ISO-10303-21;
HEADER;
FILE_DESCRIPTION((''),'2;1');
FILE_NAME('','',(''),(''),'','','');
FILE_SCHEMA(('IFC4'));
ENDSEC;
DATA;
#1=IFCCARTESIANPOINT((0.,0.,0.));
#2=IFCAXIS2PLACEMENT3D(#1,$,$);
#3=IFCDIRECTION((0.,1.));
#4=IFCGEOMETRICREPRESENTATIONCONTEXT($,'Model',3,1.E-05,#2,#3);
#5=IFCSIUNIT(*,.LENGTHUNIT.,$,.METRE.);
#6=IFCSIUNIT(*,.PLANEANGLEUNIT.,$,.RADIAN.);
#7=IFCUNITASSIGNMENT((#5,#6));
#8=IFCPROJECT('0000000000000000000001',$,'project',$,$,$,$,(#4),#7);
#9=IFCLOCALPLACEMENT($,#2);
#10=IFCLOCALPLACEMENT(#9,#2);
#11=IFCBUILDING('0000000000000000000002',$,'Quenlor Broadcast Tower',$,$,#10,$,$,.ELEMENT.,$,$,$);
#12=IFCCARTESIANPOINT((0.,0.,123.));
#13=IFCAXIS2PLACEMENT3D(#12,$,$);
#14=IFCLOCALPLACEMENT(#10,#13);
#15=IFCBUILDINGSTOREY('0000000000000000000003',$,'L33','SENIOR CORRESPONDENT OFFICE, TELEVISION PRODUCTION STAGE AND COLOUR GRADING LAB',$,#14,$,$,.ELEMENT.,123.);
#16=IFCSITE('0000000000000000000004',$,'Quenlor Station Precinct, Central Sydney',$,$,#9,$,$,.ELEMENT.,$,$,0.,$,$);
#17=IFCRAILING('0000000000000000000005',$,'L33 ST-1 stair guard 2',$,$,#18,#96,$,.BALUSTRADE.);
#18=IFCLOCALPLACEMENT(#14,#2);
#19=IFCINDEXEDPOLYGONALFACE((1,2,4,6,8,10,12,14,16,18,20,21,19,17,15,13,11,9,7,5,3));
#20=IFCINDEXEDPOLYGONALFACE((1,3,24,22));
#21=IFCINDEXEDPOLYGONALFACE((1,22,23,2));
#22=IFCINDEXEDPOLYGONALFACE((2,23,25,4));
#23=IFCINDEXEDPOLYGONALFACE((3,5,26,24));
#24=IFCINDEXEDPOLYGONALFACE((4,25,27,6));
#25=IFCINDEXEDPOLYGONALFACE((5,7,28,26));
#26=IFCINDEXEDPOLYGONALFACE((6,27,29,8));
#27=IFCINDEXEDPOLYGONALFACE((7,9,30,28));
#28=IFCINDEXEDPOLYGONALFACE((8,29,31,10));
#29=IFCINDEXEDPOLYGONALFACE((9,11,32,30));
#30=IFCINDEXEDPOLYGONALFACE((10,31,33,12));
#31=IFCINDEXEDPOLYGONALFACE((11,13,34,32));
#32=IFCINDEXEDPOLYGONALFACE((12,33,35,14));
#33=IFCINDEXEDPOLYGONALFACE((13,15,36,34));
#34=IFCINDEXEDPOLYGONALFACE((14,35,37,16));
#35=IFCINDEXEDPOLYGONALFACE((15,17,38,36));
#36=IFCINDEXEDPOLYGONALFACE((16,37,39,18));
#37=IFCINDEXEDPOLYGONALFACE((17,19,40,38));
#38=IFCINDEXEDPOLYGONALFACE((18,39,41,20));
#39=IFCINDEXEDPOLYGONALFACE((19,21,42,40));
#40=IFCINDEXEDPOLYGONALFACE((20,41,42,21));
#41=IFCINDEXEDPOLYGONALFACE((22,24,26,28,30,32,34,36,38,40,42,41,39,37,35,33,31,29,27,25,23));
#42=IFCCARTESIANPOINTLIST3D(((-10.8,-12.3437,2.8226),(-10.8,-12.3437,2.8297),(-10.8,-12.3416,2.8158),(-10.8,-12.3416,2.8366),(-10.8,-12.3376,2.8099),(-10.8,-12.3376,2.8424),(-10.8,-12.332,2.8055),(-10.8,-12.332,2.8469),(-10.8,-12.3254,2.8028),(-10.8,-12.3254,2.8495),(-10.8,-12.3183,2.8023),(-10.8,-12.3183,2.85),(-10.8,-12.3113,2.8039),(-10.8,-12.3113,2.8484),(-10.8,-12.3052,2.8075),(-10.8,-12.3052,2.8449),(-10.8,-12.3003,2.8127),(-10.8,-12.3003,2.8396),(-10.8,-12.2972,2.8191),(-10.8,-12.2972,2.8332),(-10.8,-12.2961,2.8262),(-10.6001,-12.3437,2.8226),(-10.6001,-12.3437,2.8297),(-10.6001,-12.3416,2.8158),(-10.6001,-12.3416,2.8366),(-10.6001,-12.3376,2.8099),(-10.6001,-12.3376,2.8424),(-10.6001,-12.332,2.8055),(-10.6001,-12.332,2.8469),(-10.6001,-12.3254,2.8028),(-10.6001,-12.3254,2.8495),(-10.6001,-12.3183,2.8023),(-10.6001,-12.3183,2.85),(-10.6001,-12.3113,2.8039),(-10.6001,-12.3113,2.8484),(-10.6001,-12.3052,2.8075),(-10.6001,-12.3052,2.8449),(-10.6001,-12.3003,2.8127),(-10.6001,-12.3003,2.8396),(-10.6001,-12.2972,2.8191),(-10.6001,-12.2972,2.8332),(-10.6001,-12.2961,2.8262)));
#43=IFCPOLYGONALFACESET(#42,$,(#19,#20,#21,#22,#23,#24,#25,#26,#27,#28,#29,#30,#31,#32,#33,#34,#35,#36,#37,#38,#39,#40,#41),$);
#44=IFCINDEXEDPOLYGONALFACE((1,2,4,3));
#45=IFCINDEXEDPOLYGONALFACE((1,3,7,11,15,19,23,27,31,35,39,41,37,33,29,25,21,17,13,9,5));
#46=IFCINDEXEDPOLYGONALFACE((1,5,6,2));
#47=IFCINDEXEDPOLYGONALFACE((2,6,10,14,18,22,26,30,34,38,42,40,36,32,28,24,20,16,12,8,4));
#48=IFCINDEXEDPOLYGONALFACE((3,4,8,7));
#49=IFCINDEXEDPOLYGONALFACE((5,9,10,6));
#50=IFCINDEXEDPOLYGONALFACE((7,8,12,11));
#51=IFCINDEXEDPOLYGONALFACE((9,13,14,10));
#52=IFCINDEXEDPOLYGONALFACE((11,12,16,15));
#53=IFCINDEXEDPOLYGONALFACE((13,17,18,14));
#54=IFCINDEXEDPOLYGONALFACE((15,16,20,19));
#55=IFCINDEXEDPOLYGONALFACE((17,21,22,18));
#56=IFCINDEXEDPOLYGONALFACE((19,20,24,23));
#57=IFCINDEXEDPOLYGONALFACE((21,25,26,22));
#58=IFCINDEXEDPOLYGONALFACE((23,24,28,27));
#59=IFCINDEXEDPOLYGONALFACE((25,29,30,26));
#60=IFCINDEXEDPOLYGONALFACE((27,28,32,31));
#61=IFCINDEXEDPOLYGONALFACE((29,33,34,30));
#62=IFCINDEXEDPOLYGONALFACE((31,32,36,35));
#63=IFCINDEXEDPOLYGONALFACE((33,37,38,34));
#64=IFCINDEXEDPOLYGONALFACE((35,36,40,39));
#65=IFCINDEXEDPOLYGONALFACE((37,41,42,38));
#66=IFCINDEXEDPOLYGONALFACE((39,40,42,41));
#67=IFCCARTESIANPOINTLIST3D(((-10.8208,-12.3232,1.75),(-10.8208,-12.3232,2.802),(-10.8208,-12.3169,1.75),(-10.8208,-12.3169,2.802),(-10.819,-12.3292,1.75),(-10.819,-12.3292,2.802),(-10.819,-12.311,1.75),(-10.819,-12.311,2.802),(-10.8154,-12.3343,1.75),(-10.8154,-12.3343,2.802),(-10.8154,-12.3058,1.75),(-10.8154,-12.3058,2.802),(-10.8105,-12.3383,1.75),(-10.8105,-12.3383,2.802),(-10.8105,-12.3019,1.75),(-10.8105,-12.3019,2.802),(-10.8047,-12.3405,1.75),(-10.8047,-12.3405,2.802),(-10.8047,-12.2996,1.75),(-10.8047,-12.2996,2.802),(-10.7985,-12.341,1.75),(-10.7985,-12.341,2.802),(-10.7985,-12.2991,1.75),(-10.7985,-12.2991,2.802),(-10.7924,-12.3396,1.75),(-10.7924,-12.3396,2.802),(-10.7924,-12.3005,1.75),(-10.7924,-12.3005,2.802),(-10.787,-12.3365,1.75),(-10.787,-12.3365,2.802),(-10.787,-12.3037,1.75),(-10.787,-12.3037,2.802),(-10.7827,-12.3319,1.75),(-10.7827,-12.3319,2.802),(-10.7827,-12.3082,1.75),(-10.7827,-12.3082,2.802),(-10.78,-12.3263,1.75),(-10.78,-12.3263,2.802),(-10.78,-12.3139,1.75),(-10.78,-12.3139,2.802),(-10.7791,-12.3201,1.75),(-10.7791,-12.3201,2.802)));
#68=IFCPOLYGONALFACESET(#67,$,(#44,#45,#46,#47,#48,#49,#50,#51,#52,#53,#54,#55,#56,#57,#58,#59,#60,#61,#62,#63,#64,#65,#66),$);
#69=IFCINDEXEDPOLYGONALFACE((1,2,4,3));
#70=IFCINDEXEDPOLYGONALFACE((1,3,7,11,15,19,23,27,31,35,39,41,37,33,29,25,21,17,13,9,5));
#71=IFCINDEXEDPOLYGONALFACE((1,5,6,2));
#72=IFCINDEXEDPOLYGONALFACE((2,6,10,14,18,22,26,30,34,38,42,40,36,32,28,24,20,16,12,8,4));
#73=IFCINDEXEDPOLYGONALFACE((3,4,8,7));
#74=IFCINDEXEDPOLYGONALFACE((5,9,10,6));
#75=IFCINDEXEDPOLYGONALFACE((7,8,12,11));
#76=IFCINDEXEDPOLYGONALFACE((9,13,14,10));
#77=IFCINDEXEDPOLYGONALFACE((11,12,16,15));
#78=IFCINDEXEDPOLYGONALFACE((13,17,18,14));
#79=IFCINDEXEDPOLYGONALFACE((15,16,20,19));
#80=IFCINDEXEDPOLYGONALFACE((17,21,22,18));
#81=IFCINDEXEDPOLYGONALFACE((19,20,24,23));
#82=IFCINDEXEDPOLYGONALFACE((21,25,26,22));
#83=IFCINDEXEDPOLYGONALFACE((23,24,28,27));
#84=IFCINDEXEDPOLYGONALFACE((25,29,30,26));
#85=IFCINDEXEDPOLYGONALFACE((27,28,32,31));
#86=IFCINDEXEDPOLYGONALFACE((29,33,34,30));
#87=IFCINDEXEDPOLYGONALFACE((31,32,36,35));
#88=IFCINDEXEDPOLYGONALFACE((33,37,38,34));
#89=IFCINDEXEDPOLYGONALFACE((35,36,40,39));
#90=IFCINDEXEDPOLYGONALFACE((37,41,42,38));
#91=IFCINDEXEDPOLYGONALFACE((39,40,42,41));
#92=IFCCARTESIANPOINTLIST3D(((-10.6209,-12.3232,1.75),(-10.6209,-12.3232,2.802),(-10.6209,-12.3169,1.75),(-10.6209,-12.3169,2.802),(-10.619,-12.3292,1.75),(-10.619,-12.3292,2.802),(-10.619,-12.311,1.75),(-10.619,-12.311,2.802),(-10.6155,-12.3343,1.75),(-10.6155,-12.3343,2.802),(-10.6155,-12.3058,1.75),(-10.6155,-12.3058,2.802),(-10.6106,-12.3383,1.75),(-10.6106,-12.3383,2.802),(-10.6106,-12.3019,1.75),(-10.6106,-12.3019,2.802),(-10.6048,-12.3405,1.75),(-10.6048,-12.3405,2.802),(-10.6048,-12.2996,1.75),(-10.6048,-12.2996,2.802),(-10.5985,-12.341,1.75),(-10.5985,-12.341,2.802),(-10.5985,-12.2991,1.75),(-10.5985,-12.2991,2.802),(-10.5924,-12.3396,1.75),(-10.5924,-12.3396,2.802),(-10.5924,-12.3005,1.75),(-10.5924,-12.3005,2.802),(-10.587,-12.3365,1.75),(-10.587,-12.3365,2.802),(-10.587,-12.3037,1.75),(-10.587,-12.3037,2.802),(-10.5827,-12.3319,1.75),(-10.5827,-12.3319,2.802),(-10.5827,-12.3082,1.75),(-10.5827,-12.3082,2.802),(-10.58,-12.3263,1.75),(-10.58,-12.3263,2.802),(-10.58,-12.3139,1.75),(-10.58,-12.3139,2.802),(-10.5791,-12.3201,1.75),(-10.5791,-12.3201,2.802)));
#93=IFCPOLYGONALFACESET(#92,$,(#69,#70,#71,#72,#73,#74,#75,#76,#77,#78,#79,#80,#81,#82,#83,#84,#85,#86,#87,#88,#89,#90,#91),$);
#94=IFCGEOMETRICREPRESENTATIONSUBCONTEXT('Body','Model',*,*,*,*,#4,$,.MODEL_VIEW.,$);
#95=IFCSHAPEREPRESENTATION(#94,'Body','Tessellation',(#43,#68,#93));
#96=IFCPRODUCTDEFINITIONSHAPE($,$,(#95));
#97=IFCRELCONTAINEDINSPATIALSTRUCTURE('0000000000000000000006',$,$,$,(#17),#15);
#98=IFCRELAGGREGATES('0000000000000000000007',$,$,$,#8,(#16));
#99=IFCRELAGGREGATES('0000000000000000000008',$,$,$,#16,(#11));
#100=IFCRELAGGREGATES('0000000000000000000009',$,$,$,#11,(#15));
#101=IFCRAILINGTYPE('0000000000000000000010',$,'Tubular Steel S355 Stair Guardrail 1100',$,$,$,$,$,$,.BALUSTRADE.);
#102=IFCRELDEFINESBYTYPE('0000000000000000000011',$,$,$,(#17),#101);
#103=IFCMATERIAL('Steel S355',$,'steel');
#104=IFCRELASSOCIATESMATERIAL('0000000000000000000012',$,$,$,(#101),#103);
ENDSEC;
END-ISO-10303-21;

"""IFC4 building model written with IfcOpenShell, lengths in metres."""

from ifc_helpers import new_model, si_unit, direction, frame, origin, origin_2d, place, context, subcontext, project, spatial, circle, extrude, material, type_object, element, save


model = new_model("IFC4")

# Units and contexts
model_context = context("Model", 3, precision=1e-05, world=origin(), true_north=direction((0.0, 1.0)))
body_context = subcontext(model_context, "Body", "Model", "MODEL_VIEW")
ifc_project = project(units=[si_unit("LENGTHUNIT", "METRE"), si_unit("PLANEANGLEUNIT", "RADIAN")], contexts=[model_context])

# Site, building, storey
site_placement = place(None, origin())
site = spatial("IfcSite", under=ifc_project, at=site_placement, Name="Quenlor Station Precinct, Central Sydney", CompositionType="ELEMENT", RefElevation=0.0)
building_placement = place(site_placement, origin())
building = spatial("IfcBuilding", under=site, at=building_placement, Name="Quenlor Broadcast Tower", CompositionType="ELEMENT")
storey_placement = place(building_placement, frame((0.0, 0.0, 123.0)))
storey = spatial("IfcBuildingStorey", under=building, at=storey_placement, Name="L33", Description="SENIOR CORRESPONDENT OFFICE, TELEVISION PRODUCTION STAGE AND COLOUR GRADING LAB", CompositionType="ELEMENT", Elevation=123.0)

# Railing
ifc_material_1 = material(Name="Steel S355", Category="steel")
railing_type_1 = type_object("IfcRailingType", Name="Tubular Steel S355 Stair Guardrail 1100", PredefinedType="BALUSTRADE", material=ifc_material_1)
railing_1_placement = place(storey_placement, frame((-10.8, -12.3201, 1.75)))
element("IfcRailing", 1, at=railing_1_placement, inside=storey, type_object=railing_type_1, Name="L33 ST-1 stair guard 2", PredefinedType="BALUSTRADE", context=body_context, shape_type="SweptSolid", body=[
    extrude(circle(Radius=0.0239, at=origin_2d()), frame((0.0, 0.0, 1.0762), z_axis=(1.0, 0.0, 0.0), x_axis=(0.0, 1.0, 0.0)), (0.0, 0.0, 1.0), 0.2),
    extrude(circle(Radius=0.021, at=origin_2d()), origin(), (0.0, 0.0, 1.0), 1.052),
    extrude(circle(Radius=0.021, at=origin_2d()), frame((0.2, 0.0, 0.0)), (0.0, 0.0, 1.0), 1.052),
])

save(model, "model.ifc")
